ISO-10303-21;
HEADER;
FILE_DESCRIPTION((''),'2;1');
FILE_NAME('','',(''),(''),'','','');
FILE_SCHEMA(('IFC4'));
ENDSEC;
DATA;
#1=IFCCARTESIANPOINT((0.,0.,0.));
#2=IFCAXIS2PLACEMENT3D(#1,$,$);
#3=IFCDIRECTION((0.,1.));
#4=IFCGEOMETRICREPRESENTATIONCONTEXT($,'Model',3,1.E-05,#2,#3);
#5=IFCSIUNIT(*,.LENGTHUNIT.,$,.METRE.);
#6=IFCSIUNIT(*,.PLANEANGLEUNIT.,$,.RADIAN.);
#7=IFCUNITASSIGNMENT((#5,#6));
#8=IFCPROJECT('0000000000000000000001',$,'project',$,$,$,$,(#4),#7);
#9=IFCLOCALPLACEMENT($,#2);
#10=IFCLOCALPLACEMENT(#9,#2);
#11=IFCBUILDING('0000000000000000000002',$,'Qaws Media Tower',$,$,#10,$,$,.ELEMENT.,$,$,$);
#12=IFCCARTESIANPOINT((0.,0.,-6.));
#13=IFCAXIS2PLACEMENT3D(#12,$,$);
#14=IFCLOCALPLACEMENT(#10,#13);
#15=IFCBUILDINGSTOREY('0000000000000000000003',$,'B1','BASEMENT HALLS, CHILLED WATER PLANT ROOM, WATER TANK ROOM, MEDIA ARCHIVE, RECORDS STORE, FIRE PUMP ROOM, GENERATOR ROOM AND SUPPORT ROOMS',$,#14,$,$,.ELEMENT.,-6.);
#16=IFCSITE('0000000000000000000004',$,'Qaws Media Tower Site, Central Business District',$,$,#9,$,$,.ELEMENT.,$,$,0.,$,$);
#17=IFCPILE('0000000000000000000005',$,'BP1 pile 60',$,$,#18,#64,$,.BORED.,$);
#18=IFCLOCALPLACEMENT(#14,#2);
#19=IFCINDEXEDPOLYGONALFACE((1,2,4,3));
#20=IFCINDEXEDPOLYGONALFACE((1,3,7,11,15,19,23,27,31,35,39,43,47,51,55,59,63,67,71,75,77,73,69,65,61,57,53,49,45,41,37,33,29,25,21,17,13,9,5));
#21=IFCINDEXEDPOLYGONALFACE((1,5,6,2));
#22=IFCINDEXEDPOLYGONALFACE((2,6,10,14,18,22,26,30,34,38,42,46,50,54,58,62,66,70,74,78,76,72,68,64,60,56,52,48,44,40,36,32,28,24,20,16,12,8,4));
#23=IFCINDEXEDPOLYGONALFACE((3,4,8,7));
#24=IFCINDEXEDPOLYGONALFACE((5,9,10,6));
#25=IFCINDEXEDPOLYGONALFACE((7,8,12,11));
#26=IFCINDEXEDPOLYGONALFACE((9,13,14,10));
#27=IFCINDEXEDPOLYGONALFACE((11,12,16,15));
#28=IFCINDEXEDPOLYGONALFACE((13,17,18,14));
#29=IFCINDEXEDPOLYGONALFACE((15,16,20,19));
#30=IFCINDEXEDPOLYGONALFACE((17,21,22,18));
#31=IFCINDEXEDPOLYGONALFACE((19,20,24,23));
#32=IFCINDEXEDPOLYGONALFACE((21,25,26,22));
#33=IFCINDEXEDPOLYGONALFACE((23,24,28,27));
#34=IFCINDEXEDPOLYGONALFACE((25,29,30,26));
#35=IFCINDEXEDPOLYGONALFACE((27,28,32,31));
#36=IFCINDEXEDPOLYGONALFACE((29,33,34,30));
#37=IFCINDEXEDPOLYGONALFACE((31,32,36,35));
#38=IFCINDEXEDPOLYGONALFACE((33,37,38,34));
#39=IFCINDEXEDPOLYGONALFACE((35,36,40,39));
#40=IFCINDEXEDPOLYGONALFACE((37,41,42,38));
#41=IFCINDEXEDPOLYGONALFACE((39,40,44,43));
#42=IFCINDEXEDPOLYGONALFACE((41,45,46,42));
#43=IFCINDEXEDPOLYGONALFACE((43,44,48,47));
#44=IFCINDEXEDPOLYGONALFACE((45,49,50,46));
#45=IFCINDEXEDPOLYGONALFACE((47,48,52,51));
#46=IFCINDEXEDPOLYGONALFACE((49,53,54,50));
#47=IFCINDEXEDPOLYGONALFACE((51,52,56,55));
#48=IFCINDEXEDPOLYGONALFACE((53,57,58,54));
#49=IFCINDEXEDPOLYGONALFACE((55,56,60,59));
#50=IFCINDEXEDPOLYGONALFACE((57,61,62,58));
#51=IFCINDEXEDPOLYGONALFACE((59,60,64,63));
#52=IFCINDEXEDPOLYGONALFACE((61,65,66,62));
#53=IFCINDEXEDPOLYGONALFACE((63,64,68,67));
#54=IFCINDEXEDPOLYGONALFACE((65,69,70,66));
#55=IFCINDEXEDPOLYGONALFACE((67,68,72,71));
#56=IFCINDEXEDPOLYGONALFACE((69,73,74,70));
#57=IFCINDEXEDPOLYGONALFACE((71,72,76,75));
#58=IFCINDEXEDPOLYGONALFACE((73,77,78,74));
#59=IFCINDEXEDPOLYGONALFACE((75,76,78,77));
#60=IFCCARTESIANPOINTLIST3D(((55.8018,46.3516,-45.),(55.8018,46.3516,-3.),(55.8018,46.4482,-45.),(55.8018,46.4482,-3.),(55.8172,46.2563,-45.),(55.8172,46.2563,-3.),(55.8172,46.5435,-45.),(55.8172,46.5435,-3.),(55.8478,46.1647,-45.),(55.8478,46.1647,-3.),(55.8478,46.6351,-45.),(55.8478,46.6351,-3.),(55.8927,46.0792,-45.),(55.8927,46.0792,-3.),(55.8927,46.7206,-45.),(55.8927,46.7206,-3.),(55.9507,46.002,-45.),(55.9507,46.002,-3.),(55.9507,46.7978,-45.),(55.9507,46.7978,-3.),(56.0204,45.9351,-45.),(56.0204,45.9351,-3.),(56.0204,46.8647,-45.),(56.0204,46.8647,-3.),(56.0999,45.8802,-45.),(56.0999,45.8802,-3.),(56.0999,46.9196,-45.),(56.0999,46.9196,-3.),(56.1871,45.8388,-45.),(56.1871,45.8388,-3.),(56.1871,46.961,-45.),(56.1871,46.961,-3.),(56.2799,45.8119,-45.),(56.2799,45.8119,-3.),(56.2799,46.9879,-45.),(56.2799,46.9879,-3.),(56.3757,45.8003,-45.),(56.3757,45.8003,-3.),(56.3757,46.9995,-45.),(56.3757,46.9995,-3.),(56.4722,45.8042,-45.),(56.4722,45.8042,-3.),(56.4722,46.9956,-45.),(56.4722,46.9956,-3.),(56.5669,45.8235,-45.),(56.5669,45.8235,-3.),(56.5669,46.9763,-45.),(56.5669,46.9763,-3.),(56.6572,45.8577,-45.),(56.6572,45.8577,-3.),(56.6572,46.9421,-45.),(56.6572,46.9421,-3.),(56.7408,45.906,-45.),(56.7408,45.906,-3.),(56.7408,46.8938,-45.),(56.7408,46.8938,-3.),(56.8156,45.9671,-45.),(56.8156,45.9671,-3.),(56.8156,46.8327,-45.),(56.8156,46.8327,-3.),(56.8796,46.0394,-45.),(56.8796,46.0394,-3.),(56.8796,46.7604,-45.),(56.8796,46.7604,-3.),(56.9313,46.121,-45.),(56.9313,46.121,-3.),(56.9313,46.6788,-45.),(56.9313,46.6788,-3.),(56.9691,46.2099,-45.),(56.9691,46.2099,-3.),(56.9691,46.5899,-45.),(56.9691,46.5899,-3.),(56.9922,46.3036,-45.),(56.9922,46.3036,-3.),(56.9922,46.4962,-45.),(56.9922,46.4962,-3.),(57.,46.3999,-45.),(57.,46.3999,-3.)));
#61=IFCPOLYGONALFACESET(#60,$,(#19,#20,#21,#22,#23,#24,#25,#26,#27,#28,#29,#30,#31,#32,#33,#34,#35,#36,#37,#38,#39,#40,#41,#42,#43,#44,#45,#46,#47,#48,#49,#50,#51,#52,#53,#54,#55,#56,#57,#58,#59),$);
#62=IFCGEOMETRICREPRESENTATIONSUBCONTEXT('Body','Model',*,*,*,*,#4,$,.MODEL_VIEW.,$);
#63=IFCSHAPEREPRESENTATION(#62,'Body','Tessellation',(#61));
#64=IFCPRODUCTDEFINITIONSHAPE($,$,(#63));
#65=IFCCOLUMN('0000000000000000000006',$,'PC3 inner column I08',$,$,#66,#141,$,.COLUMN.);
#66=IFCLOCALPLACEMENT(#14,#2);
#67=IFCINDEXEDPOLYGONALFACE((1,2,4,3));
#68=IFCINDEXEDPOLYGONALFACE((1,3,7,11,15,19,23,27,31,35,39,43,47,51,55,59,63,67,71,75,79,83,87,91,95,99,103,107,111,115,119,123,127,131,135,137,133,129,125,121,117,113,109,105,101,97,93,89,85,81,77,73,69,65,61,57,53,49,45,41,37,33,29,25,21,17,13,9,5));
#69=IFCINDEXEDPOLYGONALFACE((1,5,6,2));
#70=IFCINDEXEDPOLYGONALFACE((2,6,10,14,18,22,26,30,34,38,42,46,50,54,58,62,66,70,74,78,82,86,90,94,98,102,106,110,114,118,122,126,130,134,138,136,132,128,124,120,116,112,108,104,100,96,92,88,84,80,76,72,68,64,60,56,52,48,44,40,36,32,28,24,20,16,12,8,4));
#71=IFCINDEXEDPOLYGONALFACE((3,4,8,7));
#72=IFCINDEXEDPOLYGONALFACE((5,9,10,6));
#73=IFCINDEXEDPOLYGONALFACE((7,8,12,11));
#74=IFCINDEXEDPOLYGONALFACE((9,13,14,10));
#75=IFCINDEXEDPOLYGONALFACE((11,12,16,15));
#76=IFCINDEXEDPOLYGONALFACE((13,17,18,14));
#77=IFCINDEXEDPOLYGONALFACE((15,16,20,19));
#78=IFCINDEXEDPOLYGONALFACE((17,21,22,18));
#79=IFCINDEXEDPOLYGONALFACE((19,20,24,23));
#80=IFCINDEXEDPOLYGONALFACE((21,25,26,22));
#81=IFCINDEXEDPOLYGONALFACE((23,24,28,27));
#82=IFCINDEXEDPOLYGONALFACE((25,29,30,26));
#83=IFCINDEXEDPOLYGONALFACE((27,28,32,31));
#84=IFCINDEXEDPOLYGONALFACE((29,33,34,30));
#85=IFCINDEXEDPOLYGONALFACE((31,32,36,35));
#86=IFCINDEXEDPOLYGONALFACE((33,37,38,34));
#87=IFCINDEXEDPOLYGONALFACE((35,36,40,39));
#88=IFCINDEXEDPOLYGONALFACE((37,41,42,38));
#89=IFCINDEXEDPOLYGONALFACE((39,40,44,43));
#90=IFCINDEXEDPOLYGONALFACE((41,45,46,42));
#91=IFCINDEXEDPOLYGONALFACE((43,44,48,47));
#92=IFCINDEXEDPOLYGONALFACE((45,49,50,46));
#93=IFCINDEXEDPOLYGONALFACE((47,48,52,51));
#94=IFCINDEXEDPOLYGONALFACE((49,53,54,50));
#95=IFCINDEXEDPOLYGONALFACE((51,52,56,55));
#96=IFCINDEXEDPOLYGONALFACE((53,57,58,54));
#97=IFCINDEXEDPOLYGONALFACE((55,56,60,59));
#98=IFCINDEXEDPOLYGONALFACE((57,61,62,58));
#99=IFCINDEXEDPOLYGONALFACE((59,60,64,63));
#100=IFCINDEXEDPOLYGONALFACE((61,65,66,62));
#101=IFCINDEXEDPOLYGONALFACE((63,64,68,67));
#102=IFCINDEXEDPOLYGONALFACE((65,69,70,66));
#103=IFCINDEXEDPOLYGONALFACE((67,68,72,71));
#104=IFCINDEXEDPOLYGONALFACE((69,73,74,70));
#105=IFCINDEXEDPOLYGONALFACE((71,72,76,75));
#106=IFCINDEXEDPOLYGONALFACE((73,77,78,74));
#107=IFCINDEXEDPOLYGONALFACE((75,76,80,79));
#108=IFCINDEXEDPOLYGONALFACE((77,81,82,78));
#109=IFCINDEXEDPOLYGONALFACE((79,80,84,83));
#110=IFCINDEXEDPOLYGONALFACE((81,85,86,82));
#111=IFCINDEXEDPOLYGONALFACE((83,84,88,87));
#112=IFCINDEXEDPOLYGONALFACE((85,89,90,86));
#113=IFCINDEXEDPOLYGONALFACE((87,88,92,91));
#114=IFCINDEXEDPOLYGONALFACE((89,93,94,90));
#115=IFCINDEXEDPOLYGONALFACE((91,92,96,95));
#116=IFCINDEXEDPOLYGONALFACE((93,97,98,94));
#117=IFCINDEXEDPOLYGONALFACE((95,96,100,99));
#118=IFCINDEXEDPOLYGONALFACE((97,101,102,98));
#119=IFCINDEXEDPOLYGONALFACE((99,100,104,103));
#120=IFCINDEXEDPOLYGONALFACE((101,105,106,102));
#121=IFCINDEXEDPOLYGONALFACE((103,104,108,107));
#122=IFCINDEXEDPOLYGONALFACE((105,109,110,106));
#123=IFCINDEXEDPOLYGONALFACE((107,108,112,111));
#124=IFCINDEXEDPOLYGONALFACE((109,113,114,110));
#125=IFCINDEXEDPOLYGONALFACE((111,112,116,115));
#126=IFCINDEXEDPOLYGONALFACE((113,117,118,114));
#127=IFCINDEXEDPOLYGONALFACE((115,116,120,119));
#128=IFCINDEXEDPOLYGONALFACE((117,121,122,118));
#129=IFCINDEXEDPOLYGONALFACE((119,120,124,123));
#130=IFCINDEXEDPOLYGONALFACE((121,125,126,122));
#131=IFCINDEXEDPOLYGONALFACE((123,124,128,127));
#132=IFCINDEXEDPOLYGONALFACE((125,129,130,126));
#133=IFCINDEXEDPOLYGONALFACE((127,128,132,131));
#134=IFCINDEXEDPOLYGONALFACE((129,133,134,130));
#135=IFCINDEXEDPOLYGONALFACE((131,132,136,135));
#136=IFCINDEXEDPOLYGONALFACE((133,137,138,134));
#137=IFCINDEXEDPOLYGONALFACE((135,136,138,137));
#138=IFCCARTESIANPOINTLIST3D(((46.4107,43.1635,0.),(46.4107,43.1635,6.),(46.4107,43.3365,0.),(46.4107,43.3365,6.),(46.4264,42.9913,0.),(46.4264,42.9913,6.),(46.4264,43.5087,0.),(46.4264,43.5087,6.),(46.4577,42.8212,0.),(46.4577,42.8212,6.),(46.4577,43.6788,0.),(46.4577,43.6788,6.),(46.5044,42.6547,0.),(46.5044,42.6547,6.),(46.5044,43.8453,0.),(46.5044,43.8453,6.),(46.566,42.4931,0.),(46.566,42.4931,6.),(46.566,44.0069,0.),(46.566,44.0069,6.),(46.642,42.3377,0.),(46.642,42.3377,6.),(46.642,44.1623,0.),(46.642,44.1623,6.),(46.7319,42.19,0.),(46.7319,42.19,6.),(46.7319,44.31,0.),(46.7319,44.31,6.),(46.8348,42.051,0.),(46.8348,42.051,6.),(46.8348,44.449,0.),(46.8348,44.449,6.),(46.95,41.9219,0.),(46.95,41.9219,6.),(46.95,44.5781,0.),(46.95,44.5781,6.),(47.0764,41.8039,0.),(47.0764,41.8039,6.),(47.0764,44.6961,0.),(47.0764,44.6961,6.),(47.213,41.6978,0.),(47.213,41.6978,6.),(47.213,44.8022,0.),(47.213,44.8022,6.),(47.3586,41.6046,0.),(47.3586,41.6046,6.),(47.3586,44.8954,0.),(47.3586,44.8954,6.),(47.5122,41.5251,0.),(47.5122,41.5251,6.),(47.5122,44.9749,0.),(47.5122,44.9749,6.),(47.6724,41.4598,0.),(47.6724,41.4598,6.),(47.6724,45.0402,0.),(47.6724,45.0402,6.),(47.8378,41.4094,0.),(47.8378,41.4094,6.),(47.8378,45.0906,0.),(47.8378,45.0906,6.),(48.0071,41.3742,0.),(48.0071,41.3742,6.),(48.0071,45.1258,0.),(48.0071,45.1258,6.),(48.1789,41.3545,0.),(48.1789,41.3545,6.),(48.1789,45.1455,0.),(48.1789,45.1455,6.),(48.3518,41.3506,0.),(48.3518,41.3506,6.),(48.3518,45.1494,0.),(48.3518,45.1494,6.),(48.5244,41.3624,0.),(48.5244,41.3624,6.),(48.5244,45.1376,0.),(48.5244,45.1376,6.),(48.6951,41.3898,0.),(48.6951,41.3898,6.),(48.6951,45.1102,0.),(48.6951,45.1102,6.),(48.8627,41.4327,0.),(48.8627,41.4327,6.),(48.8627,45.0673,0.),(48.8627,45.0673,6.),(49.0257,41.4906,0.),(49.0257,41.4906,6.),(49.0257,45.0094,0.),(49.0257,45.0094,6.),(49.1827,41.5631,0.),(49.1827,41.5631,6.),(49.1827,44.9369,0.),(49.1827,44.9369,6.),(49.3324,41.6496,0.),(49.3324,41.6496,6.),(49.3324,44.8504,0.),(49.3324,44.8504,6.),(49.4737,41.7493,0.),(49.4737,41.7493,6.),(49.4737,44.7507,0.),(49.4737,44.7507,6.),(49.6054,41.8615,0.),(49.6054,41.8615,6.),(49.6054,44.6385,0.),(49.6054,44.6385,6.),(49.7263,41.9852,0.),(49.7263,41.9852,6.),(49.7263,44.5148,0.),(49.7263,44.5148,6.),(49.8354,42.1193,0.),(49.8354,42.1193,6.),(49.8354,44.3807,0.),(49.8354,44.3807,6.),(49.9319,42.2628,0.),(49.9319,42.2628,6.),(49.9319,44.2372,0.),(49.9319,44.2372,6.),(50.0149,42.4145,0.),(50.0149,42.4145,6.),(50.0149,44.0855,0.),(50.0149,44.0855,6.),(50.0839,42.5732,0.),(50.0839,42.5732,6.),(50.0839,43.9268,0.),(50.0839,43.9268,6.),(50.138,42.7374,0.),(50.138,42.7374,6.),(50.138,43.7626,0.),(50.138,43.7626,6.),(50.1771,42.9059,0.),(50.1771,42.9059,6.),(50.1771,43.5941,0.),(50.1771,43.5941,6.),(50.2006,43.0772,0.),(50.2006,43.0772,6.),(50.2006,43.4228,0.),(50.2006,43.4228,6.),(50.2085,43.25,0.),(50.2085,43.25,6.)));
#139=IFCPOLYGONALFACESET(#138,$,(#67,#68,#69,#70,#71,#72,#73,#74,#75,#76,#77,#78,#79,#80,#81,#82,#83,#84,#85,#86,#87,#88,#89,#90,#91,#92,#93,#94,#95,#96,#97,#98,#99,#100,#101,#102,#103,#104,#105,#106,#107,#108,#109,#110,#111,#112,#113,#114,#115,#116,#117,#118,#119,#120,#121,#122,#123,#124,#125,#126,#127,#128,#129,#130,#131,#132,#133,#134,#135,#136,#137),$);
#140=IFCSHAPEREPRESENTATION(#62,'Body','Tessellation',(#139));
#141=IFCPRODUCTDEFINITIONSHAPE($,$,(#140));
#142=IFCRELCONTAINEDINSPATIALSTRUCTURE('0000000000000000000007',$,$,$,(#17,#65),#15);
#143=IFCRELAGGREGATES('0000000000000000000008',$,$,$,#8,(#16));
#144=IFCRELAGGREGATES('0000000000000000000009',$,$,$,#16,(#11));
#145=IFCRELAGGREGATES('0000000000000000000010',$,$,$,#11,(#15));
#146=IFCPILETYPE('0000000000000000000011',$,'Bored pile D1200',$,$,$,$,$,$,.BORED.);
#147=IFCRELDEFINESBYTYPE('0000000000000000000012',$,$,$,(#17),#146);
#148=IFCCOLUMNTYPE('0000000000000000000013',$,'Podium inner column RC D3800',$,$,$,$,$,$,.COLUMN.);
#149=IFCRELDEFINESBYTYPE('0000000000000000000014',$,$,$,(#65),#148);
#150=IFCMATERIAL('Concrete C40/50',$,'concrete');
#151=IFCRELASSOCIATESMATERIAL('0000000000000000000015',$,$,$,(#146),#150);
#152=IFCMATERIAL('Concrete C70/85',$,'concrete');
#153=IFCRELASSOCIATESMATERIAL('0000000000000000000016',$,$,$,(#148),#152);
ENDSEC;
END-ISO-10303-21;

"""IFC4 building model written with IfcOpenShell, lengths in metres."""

from ifc_helpers import new_model, si_unit, direction, frame, origin, origin_2d, place, context, subcontext, project, spatial, circle, extrude, material, material_profile, profile_set, type_object, element, save


model = new_model("IFC4")

# Units and contexts
model_context = context("Model", 3, precision=1e-05, world=origin(), true_north=direction((0.0, 1.0)))
body_context = subcontext(model_context, "Body", "Model", "MODEL_VIEW")
ifc_project = project(units=[si_unit("LENGTHUNIT", "METRE"), si_unit("PLANEANGLEUNIT", "RADIAN")], contexts=[model_context])

# Site, building, storey
site_placement = place(None, origin())
site = spatial("IfcSite", under=ifc_project, at=site_placement, Name="Qaws Media Tower Site, Central Business District", CompositionType="ELEMENT", RefElevation=0.0)
building_placement = place(site_placement, origin())
building = spatial("IfcBuilding", under=site, at=building_placement, Name="Qaws Media Tower", CompositionType="ELEMENT")
storey_placement = place(building_placement, frame((0.0, 0.0, -6.0)))
storey = spatial("IfcBuildingStorey", under=building, at=storey_placement, Name="B1", Description="BASEMENT HALLS, CHILLED WATER PLANT ROOM, WATER TANK ROOM, MEDIA ARCHIVE, RECORDS STORE, FIRE PUMP ROOM, GENERATOR ROOM AND SUPPORT ROOMS", CompositionType="ELEMENT", Elevation=-6.0)

# Pile
ifc_material_1 = material(Name="Concrete C40/50", Category="concrete")
ifc_material_profile_1 = material_profile(ifc_material_1, circle(Radius=0.6001, at=origin_2d()), Name="D1200")
ifc_profile_set_1 = profile_set([ifc_material_profile_1], Name="Concrete C40/50")
pile_type = type_object("IfcPileType", Name="Bored pile D1200", PredefinedType="BORED", material=ifc_profile_set_1)
for number, where, z_axis, x_axis, name in (
    (1, (56.3999, 46.3999, -3.0), (0.0, 0.0, -1.0), (1.0, 0.0, 0.0), "BP1 pile 60"),
):
    element("IfcPile", number, at=place(storey_placement, frame(where, z_axis=z_axis, x_axis=x_axis)), inside=storey, type_object=pile_type, Name=name, PredefinedType="BORED", context=body_context, shape_type="SweptSolid", body=[
        extrude(circle(Radius=0.6001, at=origin_2d()), origin(), (0.0, 0.0, 1.0), 42.0),
    ])

# Column
ifc_material_2 = material(Name="Concrete C70/85", Category="concrete")
ifc_material_profile_2 = material_profile(ifc_material_2, circle(Radius=1.8999, at=origin_2d()), Name="RC D3800")
ifc_profile_set_2 = profile_set([ifc_material_profile_2], Name="Concrete C70/85")
column_type = type_object("IfcColumnType", Name="Podium inner column RC D3800", PredefinedType="COLUMN", material=ifc_profile_set_2)
for number, where, z_axis, x_axis, name in (
    (2, (48.3086, 43.25, 0.0), (0.0, 0.0, 1.0), (1.0, 0.0, 0.0), "PC3 inner column I08"),
):
    element("IfcColumn", number, at=place(storey_placement, frame(where, z_axis=z_axis, x_axis=x_axis)), inside=storey, type_object=column_type, Name=name, PredefinedType="COLUMN", context=body_context, shape_type="SweptSolid", body=[
        extrude(circle(Radius=1.8999, at=origin_2d()), origin(), (0.0, 0.0, 1.0), 6.0),
    ])

save(model, "model.ifc")
